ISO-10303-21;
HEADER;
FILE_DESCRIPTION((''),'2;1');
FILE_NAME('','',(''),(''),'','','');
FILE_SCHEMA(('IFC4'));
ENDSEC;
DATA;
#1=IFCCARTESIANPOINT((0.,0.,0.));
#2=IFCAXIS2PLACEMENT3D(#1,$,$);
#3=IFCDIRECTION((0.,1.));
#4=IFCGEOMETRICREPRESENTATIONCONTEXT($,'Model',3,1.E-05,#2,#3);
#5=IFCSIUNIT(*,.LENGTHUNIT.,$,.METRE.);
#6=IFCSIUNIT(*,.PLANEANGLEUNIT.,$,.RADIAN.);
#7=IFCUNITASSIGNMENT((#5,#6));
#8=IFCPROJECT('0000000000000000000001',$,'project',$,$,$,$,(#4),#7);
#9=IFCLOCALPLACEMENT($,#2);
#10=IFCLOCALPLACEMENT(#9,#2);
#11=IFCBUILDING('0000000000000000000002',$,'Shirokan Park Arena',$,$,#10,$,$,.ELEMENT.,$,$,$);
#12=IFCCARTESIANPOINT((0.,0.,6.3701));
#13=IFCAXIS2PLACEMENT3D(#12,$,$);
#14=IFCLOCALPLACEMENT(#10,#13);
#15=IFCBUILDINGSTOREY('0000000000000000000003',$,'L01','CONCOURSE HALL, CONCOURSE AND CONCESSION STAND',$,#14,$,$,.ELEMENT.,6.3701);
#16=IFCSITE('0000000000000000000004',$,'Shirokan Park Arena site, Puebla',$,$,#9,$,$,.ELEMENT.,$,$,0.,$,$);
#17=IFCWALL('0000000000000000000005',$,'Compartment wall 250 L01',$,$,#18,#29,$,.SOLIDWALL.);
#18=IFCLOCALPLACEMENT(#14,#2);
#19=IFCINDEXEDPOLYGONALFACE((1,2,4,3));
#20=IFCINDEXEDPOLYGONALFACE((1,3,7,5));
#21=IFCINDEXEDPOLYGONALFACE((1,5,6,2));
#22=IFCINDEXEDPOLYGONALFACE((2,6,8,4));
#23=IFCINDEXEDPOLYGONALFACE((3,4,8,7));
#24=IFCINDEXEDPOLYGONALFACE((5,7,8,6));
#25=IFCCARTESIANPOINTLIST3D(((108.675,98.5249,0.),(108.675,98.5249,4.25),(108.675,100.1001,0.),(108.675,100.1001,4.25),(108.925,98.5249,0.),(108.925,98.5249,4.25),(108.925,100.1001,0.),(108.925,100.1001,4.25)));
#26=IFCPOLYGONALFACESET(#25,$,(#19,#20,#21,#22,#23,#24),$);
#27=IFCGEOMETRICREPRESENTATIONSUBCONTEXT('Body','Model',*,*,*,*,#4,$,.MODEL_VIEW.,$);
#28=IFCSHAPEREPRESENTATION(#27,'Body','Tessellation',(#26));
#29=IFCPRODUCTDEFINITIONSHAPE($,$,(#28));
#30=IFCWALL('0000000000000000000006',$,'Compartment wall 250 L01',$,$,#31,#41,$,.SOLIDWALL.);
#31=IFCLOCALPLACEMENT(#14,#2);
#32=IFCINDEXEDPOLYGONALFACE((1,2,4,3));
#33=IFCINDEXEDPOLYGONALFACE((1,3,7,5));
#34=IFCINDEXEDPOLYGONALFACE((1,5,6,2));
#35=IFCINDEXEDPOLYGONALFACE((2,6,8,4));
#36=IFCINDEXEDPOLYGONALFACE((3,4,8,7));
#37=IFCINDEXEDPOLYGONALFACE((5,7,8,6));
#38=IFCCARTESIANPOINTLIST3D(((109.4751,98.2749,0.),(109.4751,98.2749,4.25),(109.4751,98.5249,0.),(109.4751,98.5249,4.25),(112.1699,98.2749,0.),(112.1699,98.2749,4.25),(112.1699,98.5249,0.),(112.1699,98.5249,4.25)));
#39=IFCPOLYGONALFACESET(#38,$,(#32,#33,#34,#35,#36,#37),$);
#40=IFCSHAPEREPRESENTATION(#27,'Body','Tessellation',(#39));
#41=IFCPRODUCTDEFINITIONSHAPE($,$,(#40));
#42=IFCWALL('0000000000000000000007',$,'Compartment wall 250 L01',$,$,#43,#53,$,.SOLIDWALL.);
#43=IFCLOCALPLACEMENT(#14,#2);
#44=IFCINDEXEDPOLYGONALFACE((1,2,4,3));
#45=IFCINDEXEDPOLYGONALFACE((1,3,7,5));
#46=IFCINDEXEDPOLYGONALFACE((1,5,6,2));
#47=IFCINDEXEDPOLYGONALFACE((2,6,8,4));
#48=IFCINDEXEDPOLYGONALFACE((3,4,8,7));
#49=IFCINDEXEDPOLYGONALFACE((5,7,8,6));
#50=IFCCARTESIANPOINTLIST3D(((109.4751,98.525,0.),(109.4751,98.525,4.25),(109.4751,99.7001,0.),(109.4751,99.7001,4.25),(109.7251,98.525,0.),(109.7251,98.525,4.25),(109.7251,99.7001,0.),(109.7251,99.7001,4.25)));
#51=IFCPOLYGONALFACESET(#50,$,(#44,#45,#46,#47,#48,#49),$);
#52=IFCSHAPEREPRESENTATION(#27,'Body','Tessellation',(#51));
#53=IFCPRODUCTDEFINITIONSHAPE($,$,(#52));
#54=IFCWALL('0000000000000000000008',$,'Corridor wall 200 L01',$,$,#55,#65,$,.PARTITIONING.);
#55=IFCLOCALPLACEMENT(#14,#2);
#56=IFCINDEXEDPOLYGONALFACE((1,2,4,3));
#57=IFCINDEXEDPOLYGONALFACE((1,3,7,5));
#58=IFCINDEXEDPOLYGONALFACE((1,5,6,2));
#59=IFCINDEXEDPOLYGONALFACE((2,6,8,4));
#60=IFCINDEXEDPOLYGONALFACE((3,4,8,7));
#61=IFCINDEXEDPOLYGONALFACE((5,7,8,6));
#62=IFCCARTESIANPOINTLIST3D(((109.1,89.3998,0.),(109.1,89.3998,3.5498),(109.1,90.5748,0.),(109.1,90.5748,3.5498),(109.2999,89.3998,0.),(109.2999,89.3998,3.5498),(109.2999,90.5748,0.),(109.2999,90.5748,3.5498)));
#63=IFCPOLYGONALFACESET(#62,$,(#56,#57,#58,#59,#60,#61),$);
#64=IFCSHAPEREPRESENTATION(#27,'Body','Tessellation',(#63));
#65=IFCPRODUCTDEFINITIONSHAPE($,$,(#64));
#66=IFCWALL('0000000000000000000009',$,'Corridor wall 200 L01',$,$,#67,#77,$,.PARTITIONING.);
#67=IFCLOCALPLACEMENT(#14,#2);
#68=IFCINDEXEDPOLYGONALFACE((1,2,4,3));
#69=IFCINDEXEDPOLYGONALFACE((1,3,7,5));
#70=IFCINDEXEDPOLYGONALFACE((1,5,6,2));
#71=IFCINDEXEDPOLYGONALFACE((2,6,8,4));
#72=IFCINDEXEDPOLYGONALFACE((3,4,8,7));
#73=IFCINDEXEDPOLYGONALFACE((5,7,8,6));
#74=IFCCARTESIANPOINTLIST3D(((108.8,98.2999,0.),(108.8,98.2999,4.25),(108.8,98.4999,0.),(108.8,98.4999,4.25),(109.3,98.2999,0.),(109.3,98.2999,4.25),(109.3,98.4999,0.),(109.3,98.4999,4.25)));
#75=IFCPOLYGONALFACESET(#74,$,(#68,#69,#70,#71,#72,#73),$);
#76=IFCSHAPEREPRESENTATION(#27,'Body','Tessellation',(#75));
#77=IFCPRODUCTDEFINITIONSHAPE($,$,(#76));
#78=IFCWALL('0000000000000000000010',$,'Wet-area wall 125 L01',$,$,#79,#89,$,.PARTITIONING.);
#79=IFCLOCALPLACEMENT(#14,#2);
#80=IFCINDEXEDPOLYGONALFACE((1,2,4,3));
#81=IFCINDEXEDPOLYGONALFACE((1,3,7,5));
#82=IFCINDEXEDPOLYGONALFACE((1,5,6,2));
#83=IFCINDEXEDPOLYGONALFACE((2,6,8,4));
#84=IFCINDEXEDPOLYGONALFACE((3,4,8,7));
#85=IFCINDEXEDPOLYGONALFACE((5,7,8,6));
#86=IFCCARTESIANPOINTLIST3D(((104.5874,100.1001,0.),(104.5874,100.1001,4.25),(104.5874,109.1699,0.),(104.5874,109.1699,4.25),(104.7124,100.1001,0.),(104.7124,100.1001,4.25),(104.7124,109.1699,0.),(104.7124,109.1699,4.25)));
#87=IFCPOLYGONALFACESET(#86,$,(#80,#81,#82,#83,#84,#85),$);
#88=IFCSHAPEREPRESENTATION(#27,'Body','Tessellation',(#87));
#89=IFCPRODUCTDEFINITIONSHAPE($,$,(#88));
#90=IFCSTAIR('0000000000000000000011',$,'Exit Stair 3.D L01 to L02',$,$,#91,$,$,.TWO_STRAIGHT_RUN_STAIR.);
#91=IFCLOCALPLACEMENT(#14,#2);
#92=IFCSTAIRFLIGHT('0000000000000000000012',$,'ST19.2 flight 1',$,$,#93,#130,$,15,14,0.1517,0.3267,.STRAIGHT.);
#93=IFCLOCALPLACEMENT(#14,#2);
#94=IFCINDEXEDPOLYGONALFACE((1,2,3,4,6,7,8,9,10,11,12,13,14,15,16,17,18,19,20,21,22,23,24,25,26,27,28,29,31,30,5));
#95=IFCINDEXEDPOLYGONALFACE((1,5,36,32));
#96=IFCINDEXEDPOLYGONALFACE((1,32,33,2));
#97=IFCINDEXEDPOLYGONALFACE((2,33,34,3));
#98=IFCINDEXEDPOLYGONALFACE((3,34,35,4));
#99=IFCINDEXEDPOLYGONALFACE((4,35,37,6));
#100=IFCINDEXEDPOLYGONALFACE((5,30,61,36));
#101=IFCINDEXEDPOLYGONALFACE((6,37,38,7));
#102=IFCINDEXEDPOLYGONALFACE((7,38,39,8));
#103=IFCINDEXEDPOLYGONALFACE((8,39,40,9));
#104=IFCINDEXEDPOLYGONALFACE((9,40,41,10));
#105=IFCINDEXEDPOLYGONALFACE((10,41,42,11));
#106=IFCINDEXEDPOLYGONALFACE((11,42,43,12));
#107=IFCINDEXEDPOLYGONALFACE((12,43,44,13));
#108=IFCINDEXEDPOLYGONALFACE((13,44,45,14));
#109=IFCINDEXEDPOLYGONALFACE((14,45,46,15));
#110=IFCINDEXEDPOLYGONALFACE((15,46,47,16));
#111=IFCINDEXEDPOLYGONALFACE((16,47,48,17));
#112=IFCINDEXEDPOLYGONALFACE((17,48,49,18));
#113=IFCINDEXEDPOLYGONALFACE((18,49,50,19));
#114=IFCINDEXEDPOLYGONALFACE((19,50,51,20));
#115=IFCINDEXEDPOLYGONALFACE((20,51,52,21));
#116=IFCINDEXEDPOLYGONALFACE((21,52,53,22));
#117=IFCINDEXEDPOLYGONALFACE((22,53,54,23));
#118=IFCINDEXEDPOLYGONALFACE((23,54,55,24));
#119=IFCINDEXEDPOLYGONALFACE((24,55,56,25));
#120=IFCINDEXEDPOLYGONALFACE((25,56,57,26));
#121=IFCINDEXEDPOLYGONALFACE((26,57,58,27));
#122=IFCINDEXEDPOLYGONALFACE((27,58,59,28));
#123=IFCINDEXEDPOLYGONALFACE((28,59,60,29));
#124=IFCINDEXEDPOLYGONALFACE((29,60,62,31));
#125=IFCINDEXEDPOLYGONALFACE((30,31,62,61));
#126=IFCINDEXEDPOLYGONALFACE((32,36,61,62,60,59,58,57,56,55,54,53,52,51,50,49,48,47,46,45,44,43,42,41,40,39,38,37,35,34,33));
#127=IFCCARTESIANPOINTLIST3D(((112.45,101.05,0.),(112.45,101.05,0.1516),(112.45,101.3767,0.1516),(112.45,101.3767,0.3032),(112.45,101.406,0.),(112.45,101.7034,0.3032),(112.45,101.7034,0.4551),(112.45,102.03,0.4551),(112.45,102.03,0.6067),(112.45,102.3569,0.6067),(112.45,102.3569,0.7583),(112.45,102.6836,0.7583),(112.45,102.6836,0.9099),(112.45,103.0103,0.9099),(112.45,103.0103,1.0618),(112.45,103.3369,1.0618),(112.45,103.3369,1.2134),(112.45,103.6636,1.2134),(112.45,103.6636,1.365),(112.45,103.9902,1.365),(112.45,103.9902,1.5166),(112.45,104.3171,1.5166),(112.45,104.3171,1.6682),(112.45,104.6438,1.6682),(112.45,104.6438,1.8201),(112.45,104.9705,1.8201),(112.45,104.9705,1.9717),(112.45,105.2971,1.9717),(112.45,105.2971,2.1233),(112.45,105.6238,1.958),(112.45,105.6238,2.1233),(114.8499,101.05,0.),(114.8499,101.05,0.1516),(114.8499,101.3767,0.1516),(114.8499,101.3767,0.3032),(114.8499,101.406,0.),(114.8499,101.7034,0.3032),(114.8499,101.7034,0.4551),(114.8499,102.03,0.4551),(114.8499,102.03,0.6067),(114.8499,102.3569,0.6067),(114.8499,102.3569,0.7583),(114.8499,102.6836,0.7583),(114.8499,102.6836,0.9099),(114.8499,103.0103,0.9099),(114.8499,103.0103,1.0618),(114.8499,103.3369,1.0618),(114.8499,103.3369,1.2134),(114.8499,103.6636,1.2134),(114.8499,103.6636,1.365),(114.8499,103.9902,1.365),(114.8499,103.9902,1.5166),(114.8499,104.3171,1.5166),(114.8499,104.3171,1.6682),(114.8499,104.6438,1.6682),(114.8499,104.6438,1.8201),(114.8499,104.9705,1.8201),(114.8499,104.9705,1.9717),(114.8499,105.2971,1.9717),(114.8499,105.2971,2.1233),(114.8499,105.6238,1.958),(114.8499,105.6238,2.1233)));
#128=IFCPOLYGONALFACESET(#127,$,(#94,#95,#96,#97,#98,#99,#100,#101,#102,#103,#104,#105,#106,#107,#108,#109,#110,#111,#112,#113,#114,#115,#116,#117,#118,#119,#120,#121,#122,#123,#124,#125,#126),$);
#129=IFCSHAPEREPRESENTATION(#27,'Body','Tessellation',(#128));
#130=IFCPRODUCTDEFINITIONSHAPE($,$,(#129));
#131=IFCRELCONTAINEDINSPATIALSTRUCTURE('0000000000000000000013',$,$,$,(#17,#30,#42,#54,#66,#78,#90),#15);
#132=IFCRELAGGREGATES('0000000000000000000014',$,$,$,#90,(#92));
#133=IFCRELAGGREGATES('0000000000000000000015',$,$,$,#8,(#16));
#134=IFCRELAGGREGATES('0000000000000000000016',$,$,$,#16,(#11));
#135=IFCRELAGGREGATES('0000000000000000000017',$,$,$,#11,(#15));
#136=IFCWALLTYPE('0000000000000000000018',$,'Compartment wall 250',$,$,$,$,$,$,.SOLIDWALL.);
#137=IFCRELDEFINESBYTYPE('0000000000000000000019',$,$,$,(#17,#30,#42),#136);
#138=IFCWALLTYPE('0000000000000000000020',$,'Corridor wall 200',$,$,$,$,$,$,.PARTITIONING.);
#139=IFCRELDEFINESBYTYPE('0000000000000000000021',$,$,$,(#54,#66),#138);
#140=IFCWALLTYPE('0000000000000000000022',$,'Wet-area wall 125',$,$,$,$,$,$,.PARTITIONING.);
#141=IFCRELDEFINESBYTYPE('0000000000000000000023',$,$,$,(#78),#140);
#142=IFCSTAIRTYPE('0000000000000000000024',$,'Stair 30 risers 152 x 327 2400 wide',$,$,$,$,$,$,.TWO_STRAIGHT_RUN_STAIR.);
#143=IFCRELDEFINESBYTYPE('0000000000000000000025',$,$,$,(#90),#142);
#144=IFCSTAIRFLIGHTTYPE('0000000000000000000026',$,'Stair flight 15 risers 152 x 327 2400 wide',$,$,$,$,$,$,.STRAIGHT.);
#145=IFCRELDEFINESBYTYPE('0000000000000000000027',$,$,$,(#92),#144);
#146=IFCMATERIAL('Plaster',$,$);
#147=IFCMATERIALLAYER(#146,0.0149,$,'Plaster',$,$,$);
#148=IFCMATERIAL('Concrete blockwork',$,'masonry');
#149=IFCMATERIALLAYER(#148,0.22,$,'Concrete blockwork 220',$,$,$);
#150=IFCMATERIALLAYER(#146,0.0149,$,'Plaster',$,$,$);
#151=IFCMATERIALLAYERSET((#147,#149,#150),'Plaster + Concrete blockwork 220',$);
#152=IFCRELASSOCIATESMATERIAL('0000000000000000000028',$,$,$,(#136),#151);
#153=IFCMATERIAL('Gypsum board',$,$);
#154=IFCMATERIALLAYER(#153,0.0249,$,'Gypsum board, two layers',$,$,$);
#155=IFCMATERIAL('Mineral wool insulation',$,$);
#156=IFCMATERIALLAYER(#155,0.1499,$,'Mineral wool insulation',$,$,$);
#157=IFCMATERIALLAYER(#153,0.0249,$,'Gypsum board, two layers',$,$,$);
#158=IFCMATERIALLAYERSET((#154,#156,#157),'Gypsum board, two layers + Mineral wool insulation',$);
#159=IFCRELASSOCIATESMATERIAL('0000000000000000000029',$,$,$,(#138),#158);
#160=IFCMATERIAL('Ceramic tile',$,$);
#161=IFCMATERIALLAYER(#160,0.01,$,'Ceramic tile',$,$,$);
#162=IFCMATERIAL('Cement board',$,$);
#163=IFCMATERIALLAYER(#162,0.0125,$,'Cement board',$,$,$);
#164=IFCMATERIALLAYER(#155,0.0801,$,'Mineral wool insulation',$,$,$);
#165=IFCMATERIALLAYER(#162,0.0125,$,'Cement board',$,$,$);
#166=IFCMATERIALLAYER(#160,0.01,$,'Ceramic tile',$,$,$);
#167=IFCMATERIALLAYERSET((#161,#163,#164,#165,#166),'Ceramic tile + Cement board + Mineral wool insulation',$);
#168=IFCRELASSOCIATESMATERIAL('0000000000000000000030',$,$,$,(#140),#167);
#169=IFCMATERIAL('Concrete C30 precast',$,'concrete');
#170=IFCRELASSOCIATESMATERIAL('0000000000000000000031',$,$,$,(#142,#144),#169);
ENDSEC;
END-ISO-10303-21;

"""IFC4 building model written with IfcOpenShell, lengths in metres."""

from ifc_helpers import new_model, si_unit, direction, frame, frame_2d, origin, place, context, subcontext, project, spatial, polyline, rectangle, outline, extrude, material, layer, layer_set, type_object, element, aggregate, save


model = new_model("IFC4")

# Units and contexts
model_context = context("Model", 3, precision=1e-05, world=origin(), true_north=direction((0.0, 1.0)))
body_context = subcontext(model_context, "Body", "Model", "MODEL_VIEW")
ifc_project = project(units=[si_unit("LENGTHUNIT", "METRE"), si_unit("PLANEANGLEUNIT", "RADIAN")], contexts=[model_context])

# Site, building, storey
site_placement = place(None, origin())
site = spatial("IfcSite", under=ifc_project, at=site_placement, Name="Shirokan Park Arena site, Puebla", CompositionType="ELEMENT", RefElevation=0.0)
building_placement = place(site_placement, origin())
building = spatial("IfcBuilding", under=site, at=building_placement, Name="Shirokan Park Arena", CompositionType="ELEMENT")
storey_placement = place(building_placement, frame((0.0, 0.0, 6.3701)))
storey = spatial("IfcBuildingStorey", under=building, at=storey_placement, Name="L01", Description="CONCOURSE HALL, CONCOURSE AND CONCESSION STAND", CompositionType="ELEMENT", Elevation=6.3701)

# Shared definitions
ifc_material_1 = material(Name="Plaster")
ifc_layer_1 = layer(ifc_material_1, 0.0149, Name="Plaster")
ifc_material_2 = material(Name="Concrete blockwork", Category="masonry")
ifc_layer_2 = layer(ifc_material_2, 0.22, Name="Concrete blockwork 220")
ifc_layer_3 = layer(ifc_material_1, 0.0149, Name="Plaster")
ifc_layer_set_1 = layer_set([ifc_layer_1, ifc_layer_2, ifc_layer_3], Name="Plaster + Concrete blockwork 220")
wall_type_1 = type_object("IfcWallType", Name="Compartment wall 250", PredefinedType="SOLIDWALL", material=ifc_layer_set_1)

# Walls
wall_1_placement = place(storey_placement, frame((108.8, 98.5249, 0.0), z_axis=(0.0, 0.0, 1.0), x_axis=(0.0, 1.0, 0.0)))
element("IfcWall", 1, at=wall_1_placement, inside=storey, type_object=wall_type_1, Name="Compartment wall 250 L01", PredefinedType="SOLIDWALL", context=body_context, shape_type="SweptSolid", body=[
    extrude(rectangle(XDim=1.5752, YDim=0.25, at=frame_2d((0.7876, 0.0))), origin(), (0.0, 0.0, 1.0), 4.25),
])
wall_2_placement = place(storey_placement, frame((109.4751, 98.3999, 0.0), z_axis=(0.0, 0.0, 1.0), x_axis=(1.0, 0.0, 0.0)))
element("IfcWall", 2, at=wall_2_placement, inside=storey, type_object=wall_type_1, Name="Compartment wall 250 L01", PredefinedType="SOLIDWALL", context=body_context, shape_type="SweptSolid", body=[
    extrude(rectangle(XDim=2.6948, YDim=0.25, at=frame_2d((1.3474, 0.0))), origin(), (0.0, 0.0, 1.0), 4.25),
])
wall_3_placement = place(storey_placement, frame((109.6001, 99.7, 0.0), z_axis=(0.0, 0.0, 1.0), x_axis=(0.0, -1.0, 0.0)))
element("IfcWall", 3, at=wall_3_placement, inside=storey, type_object=wall_type_1, Name="Compartment wall 250 L01", PredefinedType="SOLIDWALL", context=body_context, shape_type="SweptSolid", body=[
    extrude(rectangle(XDim=1.175, YDim=0.25, at=frame_2d((0.5874, 0.0))), origin(), (0.0, 0.0, 1.0), 4.25),
])

# Shared definitions
ifc_material_3 = material(Name="Gypsum board")
ifc_layer_4 = layer(ifc_material_3, 0.0249, Name="Gypsum board, two layers")
ifc_material_4 = material(Name="Mineral wool insulation")
ifc_layer_5 = layer(ifc_material_4, 0.1499, Name="Mineral wool insulation")
ifc_layer_6 = layer(ifc_material_3, 0.0249, Name="Gypsum board, two layers")
ifc_layer_set_2 = layer_set([ifc_layer_4, ifc_layer_5, ifc_layer_6], Name="Gypsum board, two layers + Mineral wool insulation")
wall_type_2 = type_object("IfcWallType", Name="Corridor wall 200", PredefinedType="PARTITIONING", material=ifc_layer_set_2)

# Wall
wall_4_placement = place(storey_placement, frame((109.2, 89.3999, 0.0), z_axis=(0.0, 0.0, 1.0), x_axis=(0.0, 1.0, 0.0)))
element("IfcWall", 4, at=wall_4_placement, inside=storey, type_object=wall_type_2, Name="Corridor wall 200 L01", PredefinedType="PARTITIONING", context=body_context, shape_type="SweptSolid", body=[
    extrude(rectangle(XDim=1.175, YDim=0.2, at=frame_2d((0.5874, 0.0))), origin(), (0.0, 0.0, 1.0), 3.5498),
])

# Walls
wall_5_placement = place(storey_placement, frame((109.3, 98.3999, 0.0), z_axis=(0.0, 0.0, 1.0), x_axis=(-1.0, 0.0, 0.0)))
element("IfcWall", 5, at=wall_5_placement, inside=storey, type_object=wall_type_2, Name="Corridor wall 200 L01", PredefinedType="PARTITIONING", context=body_context, shape_type="SweptSolid", body=[
    extrude(rectangle(XDim=0.5, YDim=0.2, at=frame_2d((0.25, 0.0))), origin(), (0.0, 0.0, 1.0), 4.25),
])
ifc_material_5 = material(Name="Ceramic tile")
ifc_layer_7 = layer(ifc_material_5, 0.01, Name="Ceramic tile")
ifc_material_6 = material(Name="Cement board")
ifc_layer_8 = layer(ifc_material_6, 0.0125, Name="Cement board")
ifc_layer_9 = layer(ifc_material_4, 0.0801, Name="Mineral wool insulation")
ifc_layer_10 = layer(ifc_material_6, 0.0125, Name="Cement board")
ifc_layer_11 = layer(ifc_material_5, 0.01, Name="Ceramic tile")
ifc_layer_set_3 = layer_set([ifc_layer_7, ifc_layer_8, ifc_layer_9, ifc_layer_10, ifc_layer_11], Name="Ceramic tile + Cement board + Mineral wool insulation")
wall_type_3 = type_object("IfcWallType", Name="Wet-area wall 125", PredefinedType="PARTITIONING", material=ifc_layer_set_3)
wall_6_placement = place(storey_placement, frame((104.6499, 100.1001, 0.0), z_axis=(0.0, 0.0, 1.0), x_axis=(0.0, 1.0, 0.0)))
element("IfcWall", 6, at=wall_6_placement, inside=storey, type_object=wall_type_3, Name="Wet-area wall 125 L01", PredefinedType="PARTITIONING", context=body_context, shape_type="SweptSolid", body=[
    extrude(rectangle(XDim=9.0698, YDim=0.125, at=frame_2d((4.5349, 0.0))), origin(), (0.0, 0.0, 1.0), 4.25),
])

# Stair, stair flight
ifc_material_7 = material(Name="Concrete C30 precast", Category="concrete")
stair_type = type_object("IfcStairType", Name="Stair 30 risers 152 x 327 2400 wide", PredefinedType="TWO_STRAIGHT_RUN_STAIR", material=ifc_material_7)
stair_placement = place(storey_placement, origin())
stair = element("IfcStair", 7, at=stair_placement, inside=storey, type_object=stair_type, Name="Exit Stair 3.D L01 to L02", PredefinedType="TWO_STRAIGHT_RUN_STAIR")
stair_flight_type = type_object("IfcStairFlightType", Name="Stair flight 15 risers 152 x 327 2400 wide", PredefinedType="STRAIGHT", material=ifc_material_7)
stair_flight_placement = place(storey_placement, frame((113.6499, 101.05, 0.0), z_axis=(0.0, 0.0, 1.0), x_axis=(0.0, 1.0, 0.0)))
stair_flight = element("IfcStairFlight", 8, at=stair_flight_placement, type_object=stair_flight_type, Name="ST19.2 flight 1", NumberOfRisers=15, NumberOfTreads=14, PredefinedType="STRAIGHT", RiserHeight=0.1517, TreadLength=0.3267, context=body_context, shape_type="SweptSolid", body=[
    extrude(outline(polyline([(0.0, 0.0), (0.0, 0.1516), (0.3267, 0.1516), (0.3267, 0.3032), (0.6533, 0.3032), (0.6533, 0.4551), (0.98, 0.4551), (0.98, 0.6067), (1.3069, 0.6067), (1.3069, 0.7583), (1.6335, 0.7583), (1.6335, 0.9099), (1.9602, 0.9099), (1.9602, 1.0618), (2.2869, 1.0618), (2.2869, 1.2134), (2.6135, 1.2134), (2.6135, 1.365), (2.9402, 1.365), (2.9402, 1.5166), (3.2671, 1.5166), (3.2671, 1.6682), (3.5938, 1.6682), (3.5938, 1.8201), (3.9204, 1.8201), (3.9204, 1.9717), (4.2471, 1.9717), (4.2471, 2.1233), (4.5737, 2.1233), (4.5737, 2.2749), (4.5737, 1.958), (0.356, 0.0), (0.0, 0.0)])), frame((0.0, 1.2, 0.0), z_axis=(0.0, -1.0, 0.0), x_axis=(1.0, 0.0, 0.0)), (0.0, 0.0, 1.0), 2.3999),
])
aggregate(stair, [stair_flight])

save(model, "model.ifc")
